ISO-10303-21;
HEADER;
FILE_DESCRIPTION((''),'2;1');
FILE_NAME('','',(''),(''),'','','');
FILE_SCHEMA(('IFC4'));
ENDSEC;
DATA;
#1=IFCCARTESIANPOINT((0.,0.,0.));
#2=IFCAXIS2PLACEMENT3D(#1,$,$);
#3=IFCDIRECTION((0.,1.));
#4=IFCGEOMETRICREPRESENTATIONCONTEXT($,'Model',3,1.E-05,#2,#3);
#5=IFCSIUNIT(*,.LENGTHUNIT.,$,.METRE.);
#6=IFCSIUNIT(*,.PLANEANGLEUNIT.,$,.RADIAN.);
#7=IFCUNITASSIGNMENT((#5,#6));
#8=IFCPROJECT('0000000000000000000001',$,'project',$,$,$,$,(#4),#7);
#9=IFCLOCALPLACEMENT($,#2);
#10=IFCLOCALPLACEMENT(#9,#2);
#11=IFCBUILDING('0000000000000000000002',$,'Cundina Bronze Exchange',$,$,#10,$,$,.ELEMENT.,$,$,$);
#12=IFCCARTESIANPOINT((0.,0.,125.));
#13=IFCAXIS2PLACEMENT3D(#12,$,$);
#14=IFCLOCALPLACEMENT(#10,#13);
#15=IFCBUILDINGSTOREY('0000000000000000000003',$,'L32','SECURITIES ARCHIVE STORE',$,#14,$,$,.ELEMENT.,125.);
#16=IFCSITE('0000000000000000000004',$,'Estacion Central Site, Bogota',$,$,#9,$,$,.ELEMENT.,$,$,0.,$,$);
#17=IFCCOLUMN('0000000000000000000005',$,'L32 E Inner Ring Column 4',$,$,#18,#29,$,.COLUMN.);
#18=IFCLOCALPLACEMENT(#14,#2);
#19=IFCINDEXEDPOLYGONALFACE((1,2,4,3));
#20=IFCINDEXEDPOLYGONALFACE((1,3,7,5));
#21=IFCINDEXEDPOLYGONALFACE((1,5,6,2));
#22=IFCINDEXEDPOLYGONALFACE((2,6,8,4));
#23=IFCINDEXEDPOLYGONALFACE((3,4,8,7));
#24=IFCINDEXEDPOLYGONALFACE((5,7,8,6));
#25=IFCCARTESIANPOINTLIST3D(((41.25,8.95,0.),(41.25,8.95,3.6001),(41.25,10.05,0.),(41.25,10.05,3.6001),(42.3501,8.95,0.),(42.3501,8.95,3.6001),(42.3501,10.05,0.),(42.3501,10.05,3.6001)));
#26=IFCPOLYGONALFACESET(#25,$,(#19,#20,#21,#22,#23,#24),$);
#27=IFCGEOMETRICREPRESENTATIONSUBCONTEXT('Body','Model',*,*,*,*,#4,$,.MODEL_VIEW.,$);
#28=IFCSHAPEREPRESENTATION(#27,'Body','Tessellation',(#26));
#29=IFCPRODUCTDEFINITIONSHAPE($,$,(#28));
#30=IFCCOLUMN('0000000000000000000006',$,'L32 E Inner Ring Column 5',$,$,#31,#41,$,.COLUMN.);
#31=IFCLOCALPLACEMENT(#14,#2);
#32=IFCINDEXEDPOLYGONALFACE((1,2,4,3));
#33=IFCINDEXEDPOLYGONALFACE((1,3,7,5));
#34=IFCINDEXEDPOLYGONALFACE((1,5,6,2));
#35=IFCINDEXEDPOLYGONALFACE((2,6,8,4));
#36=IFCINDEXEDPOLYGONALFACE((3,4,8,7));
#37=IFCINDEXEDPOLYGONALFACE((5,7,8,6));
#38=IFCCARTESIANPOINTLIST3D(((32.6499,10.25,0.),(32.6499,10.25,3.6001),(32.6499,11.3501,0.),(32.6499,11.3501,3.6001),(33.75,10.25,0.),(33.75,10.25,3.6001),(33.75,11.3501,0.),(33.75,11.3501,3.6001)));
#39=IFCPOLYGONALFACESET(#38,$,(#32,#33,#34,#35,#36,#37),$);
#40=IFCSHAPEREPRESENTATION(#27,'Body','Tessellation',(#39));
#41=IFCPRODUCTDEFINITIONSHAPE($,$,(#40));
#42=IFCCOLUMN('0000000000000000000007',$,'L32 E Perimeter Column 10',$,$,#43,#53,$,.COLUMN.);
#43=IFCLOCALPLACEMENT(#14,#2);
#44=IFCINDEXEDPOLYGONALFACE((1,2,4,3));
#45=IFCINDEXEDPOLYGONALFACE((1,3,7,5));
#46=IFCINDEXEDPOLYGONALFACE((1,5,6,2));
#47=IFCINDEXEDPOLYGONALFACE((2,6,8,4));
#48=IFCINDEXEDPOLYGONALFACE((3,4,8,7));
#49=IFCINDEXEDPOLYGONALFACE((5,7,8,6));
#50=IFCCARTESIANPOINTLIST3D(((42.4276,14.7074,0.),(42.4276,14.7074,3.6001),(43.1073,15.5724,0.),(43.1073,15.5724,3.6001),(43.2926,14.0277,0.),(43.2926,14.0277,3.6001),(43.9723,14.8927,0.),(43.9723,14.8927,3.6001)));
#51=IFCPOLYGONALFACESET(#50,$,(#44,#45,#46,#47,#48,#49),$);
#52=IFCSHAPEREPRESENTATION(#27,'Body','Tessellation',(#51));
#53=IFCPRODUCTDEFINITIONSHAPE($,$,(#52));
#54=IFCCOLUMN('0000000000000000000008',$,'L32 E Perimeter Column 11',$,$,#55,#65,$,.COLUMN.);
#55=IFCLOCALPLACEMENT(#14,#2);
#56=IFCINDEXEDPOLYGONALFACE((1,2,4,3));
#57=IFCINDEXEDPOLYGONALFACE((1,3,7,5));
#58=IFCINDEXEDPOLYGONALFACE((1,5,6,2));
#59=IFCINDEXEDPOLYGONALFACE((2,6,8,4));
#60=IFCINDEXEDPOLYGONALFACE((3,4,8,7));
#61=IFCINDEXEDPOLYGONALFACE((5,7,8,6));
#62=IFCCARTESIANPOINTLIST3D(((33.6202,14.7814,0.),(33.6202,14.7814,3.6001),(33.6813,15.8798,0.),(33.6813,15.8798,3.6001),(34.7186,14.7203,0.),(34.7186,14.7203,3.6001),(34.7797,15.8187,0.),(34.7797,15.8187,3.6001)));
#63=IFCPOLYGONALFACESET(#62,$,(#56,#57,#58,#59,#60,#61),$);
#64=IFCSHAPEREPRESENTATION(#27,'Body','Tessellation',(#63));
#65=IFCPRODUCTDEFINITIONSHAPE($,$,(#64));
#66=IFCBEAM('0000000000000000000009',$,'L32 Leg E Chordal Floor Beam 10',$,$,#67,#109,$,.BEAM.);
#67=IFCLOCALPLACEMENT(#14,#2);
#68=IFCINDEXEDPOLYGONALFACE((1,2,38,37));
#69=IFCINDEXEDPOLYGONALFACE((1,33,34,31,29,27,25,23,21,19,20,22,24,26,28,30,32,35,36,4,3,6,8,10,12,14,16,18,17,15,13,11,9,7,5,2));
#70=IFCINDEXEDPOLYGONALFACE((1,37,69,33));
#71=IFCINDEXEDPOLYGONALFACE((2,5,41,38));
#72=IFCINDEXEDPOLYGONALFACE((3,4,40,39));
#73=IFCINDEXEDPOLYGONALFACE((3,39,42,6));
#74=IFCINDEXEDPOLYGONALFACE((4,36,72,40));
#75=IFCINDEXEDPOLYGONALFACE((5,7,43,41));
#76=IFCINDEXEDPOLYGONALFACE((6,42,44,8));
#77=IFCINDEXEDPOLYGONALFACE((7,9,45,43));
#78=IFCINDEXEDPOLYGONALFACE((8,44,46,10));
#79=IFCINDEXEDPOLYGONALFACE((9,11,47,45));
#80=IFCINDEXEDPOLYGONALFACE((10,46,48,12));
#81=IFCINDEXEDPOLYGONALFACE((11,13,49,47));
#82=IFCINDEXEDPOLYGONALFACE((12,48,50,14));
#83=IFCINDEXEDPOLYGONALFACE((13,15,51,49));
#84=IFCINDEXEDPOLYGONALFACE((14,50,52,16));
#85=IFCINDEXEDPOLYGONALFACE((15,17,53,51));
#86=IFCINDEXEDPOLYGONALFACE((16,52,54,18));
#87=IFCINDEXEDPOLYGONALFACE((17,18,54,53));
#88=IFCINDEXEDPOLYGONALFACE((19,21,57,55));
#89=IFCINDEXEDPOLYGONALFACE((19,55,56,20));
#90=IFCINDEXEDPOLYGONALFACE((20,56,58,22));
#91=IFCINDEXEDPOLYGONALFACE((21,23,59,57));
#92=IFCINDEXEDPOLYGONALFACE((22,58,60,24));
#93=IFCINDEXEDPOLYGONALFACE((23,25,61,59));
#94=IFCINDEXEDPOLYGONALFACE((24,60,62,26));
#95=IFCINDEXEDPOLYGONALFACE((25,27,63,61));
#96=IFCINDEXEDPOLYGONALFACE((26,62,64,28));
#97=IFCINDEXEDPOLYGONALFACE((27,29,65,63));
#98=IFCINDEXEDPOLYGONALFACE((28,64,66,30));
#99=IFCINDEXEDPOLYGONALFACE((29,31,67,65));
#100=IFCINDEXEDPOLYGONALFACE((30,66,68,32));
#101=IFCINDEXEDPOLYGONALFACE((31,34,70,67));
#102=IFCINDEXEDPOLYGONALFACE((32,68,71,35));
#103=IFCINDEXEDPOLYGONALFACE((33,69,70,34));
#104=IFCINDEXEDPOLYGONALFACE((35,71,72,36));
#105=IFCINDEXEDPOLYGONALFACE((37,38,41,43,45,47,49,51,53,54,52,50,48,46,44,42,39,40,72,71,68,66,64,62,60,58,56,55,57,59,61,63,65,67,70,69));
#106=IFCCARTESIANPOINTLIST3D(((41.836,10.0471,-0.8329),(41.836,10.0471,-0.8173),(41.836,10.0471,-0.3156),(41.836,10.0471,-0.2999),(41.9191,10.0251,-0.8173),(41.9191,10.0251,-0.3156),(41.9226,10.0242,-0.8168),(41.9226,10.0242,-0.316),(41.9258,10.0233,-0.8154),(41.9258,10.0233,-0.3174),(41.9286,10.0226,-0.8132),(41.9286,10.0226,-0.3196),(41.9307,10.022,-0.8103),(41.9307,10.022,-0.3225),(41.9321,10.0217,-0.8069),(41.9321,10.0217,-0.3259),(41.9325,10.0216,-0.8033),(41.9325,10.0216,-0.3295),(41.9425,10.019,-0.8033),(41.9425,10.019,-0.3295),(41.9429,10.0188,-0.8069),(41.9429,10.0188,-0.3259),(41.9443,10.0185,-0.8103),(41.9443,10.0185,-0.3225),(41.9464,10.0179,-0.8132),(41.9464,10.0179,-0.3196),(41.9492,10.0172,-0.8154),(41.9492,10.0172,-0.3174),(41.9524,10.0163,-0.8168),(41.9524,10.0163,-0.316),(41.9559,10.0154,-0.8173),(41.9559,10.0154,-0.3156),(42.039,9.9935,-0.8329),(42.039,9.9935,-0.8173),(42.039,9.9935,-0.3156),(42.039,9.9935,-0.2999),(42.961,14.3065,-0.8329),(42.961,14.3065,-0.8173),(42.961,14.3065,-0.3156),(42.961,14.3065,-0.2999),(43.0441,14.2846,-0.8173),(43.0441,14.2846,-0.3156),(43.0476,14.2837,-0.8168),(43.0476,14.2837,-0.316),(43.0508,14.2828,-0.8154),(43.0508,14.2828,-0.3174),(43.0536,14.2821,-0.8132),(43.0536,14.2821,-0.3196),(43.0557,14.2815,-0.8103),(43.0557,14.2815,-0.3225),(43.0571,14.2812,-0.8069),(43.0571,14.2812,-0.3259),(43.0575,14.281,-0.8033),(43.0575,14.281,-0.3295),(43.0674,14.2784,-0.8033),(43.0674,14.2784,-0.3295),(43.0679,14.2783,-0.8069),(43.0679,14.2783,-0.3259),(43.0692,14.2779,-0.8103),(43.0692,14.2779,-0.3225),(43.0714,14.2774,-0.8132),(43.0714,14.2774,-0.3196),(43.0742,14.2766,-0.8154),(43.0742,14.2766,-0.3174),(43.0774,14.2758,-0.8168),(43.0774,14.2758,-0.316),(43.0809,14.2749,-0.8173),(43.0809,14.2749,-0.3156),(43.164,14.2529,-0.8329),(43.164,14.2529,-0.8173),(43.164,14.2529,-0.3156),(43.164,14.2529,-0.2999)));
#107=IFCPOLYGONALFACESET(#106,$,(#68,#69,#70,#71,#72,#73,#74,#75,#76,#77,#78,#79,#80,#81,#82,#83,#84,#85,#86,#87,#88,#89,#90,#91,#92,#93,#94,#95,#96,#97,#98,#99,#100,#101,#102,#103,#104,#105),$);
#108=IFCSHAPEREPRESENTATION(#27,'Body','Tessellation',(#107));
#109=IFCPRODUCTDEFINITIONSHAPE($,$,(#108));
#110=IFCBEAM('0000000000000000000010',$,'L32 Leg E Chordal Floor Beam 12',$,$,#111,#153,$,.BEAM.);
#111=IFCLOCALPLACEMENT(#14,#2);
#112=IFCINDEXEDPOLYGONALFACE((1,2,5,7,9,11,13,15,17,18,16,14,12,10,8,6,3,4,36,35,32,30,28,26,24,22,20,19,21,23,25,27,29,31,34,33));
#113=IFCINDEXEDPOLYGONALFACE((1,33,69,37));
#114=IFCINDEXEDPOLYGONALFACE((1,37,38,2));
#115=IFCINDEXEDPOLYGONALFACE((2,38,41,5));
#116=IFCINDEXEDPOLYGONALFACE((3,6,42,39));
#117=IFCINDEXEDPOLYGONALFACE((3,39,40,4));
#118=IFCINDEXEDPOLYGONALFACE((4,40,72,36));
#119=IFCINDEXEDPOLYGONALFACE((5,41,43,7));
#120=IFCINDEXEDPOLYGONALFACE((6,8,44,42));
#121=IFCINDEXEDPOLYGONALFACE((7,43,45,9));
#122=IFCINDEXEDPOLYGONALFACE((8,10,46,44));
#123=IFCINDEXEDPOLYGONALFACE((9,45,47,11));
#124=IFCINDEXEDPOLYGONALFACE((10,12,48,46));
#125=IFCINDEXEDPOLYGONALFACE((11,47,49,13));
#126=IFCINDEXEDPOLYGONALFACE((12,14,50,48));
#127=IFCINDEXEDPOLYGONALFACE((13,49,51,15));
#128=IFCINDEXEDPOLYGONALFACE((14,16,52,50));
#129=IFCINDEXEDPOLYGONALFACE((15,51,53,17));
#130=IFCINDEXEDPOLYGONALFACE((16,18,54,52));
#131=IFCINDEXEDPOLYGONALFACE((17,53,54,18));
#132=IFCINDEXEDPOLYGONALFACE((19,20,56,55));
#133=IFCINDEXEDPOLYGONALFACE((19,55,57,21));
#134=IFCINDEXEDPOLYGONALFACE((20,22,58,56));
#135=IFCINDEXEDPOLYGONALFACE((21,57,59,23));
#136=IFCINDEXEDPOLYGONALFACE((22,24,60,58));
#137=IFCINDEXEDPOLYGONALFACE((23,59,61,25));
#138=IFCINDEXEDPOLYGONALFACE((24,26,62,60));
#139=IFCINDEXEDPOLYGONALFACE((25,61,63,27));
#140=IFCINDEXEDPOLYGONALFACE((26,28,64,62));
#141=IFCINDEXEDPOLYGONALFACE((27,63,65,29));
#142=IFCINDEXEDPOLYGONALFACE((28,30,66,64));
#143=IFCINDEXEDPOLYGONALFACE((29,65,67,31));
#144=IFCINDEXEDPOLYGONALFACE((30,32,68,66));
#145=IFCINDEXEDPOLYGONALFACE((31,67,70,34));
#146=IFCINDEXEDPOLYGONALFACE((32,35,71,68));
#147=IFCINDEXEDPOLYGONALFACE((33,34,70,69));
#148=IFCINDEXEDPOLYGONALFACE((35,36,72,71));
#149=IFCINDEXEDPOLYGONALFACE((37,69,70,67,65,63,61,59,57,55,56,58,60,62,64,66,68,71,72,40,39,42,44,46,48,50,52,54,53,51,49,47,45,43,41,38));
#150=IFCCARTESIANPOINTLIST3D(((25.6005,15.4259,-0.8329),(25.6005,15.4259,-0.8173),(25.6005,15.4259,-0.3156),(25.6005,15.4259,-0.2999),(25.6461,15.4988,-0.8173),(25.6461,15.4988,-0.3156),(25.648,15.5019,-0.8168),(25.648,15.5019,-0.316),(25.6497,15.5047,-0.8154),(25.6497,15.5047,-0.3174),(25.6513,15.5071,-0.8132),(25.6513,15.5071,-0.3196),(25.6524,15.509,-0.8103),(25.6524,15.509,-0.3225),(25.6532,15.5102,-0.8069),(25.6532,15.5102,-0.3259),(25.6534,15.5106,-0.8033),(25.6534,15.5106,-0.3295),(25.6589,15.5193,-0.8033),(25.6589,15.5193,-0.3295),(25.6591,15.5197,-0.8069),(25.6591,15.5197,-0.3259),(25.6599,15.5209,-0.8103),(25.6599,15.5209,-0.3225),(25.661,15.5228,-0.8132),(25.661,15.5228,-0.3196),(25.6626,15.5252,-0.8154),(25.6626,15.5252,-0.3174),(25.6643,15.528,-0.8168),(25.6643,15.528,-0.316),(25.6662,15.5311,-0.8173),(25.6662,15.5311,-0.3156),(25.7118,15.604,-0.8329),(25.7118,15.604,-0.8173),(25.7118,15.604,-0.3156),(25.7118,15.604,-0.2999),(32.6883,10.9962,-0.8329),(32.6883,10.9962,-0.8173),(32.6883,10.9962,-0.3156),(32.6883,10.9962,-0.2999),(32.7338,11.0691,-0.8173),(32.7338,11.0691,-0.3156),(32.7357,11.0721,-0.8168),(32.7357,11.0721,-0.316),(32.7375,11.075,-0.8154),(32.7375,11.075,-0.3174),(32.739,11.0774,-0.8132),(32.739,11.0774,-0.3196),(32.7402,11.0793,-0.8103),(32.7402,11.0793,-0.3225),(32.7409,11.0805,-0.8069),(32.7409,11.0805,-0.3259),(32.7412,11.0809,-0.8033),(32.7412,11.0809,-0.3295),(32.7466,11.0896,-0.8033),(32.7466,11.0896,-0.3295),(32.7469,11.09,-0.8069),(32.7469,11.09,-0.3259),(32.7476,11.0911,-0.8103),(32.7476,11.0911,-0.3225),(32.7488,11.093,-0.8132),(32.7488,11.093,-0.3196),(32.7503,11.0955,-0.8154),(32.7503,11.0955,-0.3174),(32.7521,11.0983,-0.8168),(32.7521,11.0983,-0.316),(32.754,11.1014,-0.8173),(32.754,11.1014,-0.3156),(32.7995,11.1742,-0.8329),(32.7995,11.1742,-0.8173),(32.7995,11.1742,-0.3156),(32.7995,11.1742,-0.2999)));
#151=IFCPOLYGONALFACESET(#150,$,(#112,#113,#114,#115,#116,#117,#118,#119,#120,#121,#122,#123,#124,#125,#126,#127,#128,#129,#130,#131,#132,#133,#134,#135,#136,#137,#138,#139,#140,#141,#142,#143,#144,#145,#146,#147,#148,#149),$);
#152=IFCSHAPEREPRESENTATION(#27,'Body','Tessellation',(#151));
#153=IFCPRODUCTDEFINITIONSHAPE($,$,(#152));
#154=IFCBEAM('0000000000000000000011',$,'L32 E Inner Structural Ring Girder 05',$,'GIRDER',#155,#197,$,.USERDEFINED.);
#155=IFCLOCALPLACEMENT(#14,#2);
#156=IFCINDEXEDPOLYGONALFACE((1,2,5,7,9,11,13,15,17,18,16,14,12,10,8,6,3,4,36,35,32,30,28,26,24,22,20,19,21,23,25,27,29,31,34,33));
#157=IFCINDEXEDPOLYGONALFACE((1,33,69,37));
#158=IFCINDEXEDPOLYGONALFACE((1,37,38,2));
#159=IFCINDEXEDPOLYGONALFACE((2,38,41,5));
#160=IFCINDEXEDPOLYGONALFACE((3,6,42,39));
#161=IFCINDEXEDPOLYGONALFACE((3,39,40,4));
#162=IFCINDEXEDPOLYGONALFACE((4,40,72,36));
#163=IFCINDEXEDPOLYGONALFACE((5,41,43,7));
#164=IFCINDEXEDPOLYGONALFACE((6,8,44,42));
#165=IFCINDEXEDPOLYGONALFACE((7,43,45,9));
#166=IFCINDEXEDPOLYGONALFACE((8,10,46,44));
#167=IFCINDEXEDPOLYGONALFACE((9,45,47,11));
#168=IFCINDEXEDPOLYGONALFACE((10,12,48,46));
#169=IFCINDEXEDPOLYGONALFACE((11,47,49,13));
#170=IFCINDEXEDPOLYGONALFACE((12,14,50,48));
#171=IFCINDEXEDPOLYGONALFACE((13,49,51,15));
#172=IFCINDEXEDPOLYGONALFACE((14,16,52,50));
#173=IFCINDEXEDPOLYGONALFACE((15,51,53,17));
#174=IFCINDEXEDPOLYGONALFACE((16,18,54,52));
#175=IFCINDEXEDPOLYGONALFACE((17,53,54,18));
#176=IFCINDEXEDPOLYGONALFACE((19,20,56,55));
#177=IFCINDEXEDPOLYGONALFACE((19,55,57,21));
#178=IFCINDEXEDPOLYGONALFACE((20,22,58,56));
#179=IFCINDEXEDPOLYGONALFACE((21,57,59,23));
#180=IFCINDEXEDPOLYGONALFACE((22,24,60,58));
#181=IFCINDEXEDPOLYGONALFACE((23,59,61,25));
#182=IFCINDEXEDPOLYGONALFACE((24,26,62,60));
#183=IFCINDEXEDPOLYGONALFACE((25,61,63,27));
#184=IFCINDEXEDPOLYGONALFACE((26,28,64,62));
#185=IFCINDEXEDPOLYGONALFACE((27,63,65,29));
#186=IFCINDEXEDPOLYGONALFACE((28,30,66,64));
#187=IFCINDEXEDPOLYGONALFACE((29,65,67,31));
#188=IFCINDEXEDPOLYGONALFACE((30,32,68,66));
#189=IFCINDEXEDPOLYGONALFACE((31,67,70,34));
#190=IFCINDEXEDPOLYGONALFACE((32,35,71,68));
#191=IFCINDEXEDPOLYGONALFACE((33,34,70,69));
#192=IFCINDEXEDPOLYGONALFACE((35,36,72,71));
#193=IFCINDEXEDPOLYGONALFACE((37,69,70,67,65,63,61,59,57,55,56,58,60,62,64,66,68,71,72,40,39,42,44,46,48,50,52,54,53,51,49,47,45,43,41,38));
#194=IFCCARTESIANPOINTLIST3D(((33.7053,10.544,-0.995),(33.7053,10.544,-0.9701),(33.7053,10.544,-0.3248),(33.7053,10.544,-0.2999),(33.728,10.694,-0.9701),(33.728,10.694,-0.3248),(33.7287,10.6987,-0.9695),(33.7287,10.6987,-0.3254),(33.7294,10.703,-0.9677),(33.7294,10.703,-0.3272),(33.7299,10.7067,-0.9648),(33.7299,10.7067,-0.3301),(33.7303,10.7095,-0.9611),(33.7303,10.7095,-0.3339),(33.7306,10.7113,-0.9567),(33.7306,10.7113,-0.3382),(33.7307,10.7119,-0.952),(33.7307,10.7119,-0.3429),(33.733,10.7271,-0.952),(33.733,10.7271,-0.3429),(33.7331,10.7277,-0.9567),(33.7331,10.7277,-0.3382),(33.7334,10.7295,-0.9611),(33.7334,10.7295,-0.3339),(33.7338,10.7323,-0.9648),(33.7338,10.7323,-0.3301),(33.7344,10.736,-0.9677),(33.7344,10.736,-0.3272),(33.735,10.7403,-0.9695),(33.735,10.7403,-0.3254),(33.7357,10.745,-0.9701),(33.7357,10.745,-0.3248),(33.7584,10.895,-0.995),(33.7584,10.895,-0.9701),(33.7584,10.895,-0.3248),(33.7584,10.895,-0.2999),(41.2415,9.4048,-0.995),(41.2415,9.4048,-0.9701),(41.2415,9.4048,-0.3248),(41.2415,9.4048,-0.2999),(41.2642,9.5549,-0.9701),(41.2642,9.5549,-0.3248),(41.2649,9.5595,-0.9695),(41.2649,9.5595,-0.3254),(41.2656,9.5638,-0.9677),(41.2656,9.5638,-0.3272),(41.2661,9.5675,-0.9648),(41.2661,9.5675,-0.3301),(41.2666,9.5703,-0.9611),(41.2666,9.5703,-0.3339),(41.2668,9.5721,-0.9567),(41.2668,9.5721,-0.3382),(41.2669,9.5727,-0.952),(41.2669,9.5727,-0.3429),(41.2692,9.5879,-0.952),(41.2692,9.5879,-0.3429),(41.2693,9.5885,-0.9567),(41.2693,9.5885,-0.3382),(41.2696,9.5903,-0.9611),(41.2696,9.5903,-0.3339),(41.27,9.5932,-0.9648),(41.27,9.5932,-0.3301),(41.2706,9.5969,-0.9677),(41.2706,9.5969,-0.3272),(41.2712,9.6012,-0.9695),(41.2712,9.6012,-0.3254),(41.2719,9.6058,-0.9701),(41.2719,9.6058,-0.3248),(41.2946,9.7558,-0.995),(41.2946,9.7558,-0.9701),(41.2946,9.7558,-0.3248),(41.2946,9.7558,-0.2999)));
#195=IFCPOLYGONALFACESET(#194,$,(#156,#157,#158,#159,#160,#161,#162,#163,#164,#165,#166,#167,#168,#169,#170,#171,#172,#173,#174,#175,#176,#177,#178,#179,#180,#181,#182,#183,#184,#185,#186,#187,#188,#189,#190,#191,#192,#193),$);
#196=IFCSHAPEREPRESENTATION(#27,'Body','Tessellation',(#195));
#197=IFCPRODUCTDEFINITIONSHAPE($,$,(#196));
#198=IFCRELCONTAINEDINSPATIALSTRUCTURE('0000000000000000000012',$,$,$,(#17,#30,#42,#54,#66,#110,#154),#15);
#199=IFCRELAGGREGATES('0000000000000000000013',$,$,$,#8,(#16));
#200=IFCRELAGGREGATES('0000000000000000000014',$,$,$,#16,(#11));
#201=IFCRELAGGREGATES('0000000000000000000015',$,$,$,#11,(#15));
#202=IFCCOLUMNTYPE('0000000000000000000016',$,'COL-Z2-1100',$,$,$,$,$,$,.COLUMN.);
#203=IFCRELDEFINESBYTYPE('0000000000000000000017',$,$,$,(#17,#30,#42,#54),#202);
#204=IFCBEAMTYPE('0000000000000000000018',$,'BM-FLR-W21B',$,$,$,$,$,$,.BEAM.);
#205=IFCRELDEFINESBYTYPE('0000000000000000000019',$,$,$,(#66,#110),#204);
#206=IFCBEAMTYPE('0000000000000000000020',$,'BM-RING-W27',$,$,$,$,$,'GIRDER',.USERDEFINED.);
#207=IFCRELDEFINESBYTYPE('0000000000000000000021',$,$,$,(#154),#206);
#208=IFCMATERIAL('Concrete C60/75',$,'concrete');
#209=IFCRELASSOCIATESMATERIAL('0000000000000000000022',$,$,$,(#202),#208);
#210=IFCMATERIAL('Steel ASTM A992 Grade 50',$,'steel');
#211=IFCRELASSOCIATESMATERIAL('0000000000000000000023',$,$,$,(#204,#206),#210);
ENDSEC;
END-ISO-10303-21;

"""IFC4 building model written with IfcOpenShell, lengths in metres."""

from ifc_helpers import new_model, si_unit, direction, frame, origin, origin_2d, place, context, subcontext, project, spatial, rectangle, i_section, extrude, material, material_profile, profile_set, type_object, element, save


model = new_model("IFC4")

# Units and contexts
model_context = context("Model", 3, precision=1e-05, world=origin(), true_north=direction((0.0, 1.0)))
body_context = subcontext(model_context, "Body", "Model", "MODEL_VIEW")
ifc_project = project(units=[si_unit("LENGTHUNIT", "METRE"), si_unit("PLANEANGLEUNIT", "RADIAN")], contexts=[model_context])

# Site, building, storey
site_placement = place(None, origin())
site = spatial("IfcSite", under=ifc_project, at=site_placement, Name="Estacion Central Site, Bogota", CompositionType="ELEMENT", RefElevation=0.0)
building_placement = place(site_placement, origin())
building = spatial("IfcBuilding", under=site, at=building_placement, Name="Cundina Bronze Exchange", CompositionType="ELEMENT")
storey_placement = place(building_placement, frame((0.0, 0.0, 125.0)))
storey = spatial("IfcBuildingStorey", under=building, at=storey_placement, Name="L32", Description="SECURITIES ARCHIVE STORE", CompositionType="ELEMENT", Elevation=125.0)

# Columns
ifc_material_1 = material(Name="Concrete C60/75", Category="concrete")
ifc_material_profile_1 = material_profile(ifc_material_1, rectangle(XDim=1.1001, YDim=1.1001, at=origin_2d()), Name="RC1100X1100", Category="concrete")
ifc_profile_set_1 = profile_set([ifc_material_profile_1], Name="Concrete C60/75")
column_type = type_object("IfcColumnType", Name="COL-Z2-1100", PredefinedType="COLUMN", material=ifc_profile_set_1)
for number, where, z_axis, x_axis, name in (
    (1, (41.8, 9.5, 0.0), (0.0, 0.0, 1.0), (1.0, 0.0, 0.0), "L32 E Inner Ring Column 4"),
    (2, (33.2, 10.8, 0.0), (0.0, 0.0, 1.0), (1.0, 0.0, 0.0), "L32 E Inner Ring Column 5"),
    (3, (43.2, 14.8, 0.0), (0.0, 0.0, 1.0), (-0.786288, 0.61786, 0.0), "L32 E Perimeter Column 10"),
    (4, (34.2, 15.3, 0.0), (0.0, 0.0, 1.0), (-0.99846, 0.055473, 0.0), "L32 E Perimeter Column 11"),
):
    element("IfcColumn", number, at=place(storey_placement, frame(where, z_axis=z_axis, x_axis=x_axis)), inside=storey, type_object=column_type, Name=name, PredefinedType="COLUMN", context=body_context, shape_type="SweptSolid", body=[
        extrude(rectangle(XDim=1.1001, YDim=1.1001, at=origin_2d()), origin(), (0.0, 0.0, 1.0), 3.6001),
    ])

# Beams
ifc_material_2 = material(Name="Steel ASTM A992 Grade 50", Category="steel")
ifc_material_profile_2 = material_profile(ifc_material_2, i_section(OverallWidth=0.21, OverallDepth=0.533, WebThickness=0.0103, FlangeThickness=0.0156, FilletRadius=0.0139, at=origin_2d()), Name="W21X62", Category="steel")
ifc_profile_set_2 = profile_set([ifc_material_profile_2], Name="Steel ASTM A992 Grade 50")
beam_type_1 = type_object("IfcBeamType", Name="BM-FLR-W21B", PredefinedType="BEAM", material=ifc_profile_set_2)
beam_1_placement = place(storey_placement, frame((41.9375, 10.0203, -0.5664), z_axis=(0.255358, 0.966847, 0.0), x_axis=(-0.966847, 0.255358, 0.0)))
element("IfcBeam", 5, at=beam_1_placement, inside=storey, type_object=beam_type_1, Name="L32 Leg E Chordal Floor Beam 10", PredefinedType="BEAM", context=body_context, shape_type="SweptSolid", body=[
    extrude(i_section(OverallWidth=0.21, OverallDepth=0.533, WebThickness=0.0103, FlangeThickness=0.0156, FilletRadius=0.0139, at=origin_2d()), origin(), (0.0, 0.0, 1.0), 4.4055),
])
beam_2_placement = place(storey_placement, frame((32.7439, 11.0852, -0.5664), z_axis=(-0.848003, 0.529991, 0.0), x_axis=(-0.529991, -0.848003, 0.0)))
element("IfcBeam", 6, at=beam_2_placement, inside=storey, type_object=beam_type_1, Name="L32 Leg E Chordal Floor Beam 12", PredefinedType="BEAM", context=body_context, shape_type="SweptSolid", body=[
    extrude(i_section(OverallWidth=0.21, OverallDepth=0.533, WebThickness=0.0103, FlangeThickness=0.0156, FilletRadius=0.0139, at=origin_2d()), origin(), (0.0, 0.0, 1.0), 8.3582),
])
ifc_material_profile_3 = material_profile(ifc_material_2, i_section(OverallWidth=0.355, OverallDepth=0.6951, WebThickness=0.0154, FlangeThickness=0.0249, FilletRadius=0.0181, at=origin_2d()), Name="W27X146", Category="steel")
ifc_profile_set_3 = profile_set([ifc_material_profile_3], Name="Steel ASTM A992 Grade 50")
beam_type_2 = type_object("IfcBeamType", Name="BM-RING-W27", ElementType="GIRDER", PredefinedType="USERDEFINED", material=ifc_profile_set_3)
beam_3_placement = place(storey_placement, frame((41.2681, 9.5803, -0.6475), z_axis=(-0.988767, 0.149462, 0.0), x_axis=(-0.149462, -0.988767, 0.0)))
element("IfcBeam", 7, at=beam_3_placement, inside=storey, type_object=beam_type_2, Name="L32 E Inner Structural Ring Girder 05", ObjectType="GIRDER", PredefinedType="USERDEFINED", context=body_context, shape_type="SweptSolid", body=[
    extrude(i_section(OverallWidth=0.355, OverallDepth=0.6951, WebThickness=0.0154, FlangeThickness=0.0249, FilletRadius=0.0181, at=origin_2d()), origin(), (0.0, 0.0, 1.0), 7.6218),
])

save(model, "model.ifc")
